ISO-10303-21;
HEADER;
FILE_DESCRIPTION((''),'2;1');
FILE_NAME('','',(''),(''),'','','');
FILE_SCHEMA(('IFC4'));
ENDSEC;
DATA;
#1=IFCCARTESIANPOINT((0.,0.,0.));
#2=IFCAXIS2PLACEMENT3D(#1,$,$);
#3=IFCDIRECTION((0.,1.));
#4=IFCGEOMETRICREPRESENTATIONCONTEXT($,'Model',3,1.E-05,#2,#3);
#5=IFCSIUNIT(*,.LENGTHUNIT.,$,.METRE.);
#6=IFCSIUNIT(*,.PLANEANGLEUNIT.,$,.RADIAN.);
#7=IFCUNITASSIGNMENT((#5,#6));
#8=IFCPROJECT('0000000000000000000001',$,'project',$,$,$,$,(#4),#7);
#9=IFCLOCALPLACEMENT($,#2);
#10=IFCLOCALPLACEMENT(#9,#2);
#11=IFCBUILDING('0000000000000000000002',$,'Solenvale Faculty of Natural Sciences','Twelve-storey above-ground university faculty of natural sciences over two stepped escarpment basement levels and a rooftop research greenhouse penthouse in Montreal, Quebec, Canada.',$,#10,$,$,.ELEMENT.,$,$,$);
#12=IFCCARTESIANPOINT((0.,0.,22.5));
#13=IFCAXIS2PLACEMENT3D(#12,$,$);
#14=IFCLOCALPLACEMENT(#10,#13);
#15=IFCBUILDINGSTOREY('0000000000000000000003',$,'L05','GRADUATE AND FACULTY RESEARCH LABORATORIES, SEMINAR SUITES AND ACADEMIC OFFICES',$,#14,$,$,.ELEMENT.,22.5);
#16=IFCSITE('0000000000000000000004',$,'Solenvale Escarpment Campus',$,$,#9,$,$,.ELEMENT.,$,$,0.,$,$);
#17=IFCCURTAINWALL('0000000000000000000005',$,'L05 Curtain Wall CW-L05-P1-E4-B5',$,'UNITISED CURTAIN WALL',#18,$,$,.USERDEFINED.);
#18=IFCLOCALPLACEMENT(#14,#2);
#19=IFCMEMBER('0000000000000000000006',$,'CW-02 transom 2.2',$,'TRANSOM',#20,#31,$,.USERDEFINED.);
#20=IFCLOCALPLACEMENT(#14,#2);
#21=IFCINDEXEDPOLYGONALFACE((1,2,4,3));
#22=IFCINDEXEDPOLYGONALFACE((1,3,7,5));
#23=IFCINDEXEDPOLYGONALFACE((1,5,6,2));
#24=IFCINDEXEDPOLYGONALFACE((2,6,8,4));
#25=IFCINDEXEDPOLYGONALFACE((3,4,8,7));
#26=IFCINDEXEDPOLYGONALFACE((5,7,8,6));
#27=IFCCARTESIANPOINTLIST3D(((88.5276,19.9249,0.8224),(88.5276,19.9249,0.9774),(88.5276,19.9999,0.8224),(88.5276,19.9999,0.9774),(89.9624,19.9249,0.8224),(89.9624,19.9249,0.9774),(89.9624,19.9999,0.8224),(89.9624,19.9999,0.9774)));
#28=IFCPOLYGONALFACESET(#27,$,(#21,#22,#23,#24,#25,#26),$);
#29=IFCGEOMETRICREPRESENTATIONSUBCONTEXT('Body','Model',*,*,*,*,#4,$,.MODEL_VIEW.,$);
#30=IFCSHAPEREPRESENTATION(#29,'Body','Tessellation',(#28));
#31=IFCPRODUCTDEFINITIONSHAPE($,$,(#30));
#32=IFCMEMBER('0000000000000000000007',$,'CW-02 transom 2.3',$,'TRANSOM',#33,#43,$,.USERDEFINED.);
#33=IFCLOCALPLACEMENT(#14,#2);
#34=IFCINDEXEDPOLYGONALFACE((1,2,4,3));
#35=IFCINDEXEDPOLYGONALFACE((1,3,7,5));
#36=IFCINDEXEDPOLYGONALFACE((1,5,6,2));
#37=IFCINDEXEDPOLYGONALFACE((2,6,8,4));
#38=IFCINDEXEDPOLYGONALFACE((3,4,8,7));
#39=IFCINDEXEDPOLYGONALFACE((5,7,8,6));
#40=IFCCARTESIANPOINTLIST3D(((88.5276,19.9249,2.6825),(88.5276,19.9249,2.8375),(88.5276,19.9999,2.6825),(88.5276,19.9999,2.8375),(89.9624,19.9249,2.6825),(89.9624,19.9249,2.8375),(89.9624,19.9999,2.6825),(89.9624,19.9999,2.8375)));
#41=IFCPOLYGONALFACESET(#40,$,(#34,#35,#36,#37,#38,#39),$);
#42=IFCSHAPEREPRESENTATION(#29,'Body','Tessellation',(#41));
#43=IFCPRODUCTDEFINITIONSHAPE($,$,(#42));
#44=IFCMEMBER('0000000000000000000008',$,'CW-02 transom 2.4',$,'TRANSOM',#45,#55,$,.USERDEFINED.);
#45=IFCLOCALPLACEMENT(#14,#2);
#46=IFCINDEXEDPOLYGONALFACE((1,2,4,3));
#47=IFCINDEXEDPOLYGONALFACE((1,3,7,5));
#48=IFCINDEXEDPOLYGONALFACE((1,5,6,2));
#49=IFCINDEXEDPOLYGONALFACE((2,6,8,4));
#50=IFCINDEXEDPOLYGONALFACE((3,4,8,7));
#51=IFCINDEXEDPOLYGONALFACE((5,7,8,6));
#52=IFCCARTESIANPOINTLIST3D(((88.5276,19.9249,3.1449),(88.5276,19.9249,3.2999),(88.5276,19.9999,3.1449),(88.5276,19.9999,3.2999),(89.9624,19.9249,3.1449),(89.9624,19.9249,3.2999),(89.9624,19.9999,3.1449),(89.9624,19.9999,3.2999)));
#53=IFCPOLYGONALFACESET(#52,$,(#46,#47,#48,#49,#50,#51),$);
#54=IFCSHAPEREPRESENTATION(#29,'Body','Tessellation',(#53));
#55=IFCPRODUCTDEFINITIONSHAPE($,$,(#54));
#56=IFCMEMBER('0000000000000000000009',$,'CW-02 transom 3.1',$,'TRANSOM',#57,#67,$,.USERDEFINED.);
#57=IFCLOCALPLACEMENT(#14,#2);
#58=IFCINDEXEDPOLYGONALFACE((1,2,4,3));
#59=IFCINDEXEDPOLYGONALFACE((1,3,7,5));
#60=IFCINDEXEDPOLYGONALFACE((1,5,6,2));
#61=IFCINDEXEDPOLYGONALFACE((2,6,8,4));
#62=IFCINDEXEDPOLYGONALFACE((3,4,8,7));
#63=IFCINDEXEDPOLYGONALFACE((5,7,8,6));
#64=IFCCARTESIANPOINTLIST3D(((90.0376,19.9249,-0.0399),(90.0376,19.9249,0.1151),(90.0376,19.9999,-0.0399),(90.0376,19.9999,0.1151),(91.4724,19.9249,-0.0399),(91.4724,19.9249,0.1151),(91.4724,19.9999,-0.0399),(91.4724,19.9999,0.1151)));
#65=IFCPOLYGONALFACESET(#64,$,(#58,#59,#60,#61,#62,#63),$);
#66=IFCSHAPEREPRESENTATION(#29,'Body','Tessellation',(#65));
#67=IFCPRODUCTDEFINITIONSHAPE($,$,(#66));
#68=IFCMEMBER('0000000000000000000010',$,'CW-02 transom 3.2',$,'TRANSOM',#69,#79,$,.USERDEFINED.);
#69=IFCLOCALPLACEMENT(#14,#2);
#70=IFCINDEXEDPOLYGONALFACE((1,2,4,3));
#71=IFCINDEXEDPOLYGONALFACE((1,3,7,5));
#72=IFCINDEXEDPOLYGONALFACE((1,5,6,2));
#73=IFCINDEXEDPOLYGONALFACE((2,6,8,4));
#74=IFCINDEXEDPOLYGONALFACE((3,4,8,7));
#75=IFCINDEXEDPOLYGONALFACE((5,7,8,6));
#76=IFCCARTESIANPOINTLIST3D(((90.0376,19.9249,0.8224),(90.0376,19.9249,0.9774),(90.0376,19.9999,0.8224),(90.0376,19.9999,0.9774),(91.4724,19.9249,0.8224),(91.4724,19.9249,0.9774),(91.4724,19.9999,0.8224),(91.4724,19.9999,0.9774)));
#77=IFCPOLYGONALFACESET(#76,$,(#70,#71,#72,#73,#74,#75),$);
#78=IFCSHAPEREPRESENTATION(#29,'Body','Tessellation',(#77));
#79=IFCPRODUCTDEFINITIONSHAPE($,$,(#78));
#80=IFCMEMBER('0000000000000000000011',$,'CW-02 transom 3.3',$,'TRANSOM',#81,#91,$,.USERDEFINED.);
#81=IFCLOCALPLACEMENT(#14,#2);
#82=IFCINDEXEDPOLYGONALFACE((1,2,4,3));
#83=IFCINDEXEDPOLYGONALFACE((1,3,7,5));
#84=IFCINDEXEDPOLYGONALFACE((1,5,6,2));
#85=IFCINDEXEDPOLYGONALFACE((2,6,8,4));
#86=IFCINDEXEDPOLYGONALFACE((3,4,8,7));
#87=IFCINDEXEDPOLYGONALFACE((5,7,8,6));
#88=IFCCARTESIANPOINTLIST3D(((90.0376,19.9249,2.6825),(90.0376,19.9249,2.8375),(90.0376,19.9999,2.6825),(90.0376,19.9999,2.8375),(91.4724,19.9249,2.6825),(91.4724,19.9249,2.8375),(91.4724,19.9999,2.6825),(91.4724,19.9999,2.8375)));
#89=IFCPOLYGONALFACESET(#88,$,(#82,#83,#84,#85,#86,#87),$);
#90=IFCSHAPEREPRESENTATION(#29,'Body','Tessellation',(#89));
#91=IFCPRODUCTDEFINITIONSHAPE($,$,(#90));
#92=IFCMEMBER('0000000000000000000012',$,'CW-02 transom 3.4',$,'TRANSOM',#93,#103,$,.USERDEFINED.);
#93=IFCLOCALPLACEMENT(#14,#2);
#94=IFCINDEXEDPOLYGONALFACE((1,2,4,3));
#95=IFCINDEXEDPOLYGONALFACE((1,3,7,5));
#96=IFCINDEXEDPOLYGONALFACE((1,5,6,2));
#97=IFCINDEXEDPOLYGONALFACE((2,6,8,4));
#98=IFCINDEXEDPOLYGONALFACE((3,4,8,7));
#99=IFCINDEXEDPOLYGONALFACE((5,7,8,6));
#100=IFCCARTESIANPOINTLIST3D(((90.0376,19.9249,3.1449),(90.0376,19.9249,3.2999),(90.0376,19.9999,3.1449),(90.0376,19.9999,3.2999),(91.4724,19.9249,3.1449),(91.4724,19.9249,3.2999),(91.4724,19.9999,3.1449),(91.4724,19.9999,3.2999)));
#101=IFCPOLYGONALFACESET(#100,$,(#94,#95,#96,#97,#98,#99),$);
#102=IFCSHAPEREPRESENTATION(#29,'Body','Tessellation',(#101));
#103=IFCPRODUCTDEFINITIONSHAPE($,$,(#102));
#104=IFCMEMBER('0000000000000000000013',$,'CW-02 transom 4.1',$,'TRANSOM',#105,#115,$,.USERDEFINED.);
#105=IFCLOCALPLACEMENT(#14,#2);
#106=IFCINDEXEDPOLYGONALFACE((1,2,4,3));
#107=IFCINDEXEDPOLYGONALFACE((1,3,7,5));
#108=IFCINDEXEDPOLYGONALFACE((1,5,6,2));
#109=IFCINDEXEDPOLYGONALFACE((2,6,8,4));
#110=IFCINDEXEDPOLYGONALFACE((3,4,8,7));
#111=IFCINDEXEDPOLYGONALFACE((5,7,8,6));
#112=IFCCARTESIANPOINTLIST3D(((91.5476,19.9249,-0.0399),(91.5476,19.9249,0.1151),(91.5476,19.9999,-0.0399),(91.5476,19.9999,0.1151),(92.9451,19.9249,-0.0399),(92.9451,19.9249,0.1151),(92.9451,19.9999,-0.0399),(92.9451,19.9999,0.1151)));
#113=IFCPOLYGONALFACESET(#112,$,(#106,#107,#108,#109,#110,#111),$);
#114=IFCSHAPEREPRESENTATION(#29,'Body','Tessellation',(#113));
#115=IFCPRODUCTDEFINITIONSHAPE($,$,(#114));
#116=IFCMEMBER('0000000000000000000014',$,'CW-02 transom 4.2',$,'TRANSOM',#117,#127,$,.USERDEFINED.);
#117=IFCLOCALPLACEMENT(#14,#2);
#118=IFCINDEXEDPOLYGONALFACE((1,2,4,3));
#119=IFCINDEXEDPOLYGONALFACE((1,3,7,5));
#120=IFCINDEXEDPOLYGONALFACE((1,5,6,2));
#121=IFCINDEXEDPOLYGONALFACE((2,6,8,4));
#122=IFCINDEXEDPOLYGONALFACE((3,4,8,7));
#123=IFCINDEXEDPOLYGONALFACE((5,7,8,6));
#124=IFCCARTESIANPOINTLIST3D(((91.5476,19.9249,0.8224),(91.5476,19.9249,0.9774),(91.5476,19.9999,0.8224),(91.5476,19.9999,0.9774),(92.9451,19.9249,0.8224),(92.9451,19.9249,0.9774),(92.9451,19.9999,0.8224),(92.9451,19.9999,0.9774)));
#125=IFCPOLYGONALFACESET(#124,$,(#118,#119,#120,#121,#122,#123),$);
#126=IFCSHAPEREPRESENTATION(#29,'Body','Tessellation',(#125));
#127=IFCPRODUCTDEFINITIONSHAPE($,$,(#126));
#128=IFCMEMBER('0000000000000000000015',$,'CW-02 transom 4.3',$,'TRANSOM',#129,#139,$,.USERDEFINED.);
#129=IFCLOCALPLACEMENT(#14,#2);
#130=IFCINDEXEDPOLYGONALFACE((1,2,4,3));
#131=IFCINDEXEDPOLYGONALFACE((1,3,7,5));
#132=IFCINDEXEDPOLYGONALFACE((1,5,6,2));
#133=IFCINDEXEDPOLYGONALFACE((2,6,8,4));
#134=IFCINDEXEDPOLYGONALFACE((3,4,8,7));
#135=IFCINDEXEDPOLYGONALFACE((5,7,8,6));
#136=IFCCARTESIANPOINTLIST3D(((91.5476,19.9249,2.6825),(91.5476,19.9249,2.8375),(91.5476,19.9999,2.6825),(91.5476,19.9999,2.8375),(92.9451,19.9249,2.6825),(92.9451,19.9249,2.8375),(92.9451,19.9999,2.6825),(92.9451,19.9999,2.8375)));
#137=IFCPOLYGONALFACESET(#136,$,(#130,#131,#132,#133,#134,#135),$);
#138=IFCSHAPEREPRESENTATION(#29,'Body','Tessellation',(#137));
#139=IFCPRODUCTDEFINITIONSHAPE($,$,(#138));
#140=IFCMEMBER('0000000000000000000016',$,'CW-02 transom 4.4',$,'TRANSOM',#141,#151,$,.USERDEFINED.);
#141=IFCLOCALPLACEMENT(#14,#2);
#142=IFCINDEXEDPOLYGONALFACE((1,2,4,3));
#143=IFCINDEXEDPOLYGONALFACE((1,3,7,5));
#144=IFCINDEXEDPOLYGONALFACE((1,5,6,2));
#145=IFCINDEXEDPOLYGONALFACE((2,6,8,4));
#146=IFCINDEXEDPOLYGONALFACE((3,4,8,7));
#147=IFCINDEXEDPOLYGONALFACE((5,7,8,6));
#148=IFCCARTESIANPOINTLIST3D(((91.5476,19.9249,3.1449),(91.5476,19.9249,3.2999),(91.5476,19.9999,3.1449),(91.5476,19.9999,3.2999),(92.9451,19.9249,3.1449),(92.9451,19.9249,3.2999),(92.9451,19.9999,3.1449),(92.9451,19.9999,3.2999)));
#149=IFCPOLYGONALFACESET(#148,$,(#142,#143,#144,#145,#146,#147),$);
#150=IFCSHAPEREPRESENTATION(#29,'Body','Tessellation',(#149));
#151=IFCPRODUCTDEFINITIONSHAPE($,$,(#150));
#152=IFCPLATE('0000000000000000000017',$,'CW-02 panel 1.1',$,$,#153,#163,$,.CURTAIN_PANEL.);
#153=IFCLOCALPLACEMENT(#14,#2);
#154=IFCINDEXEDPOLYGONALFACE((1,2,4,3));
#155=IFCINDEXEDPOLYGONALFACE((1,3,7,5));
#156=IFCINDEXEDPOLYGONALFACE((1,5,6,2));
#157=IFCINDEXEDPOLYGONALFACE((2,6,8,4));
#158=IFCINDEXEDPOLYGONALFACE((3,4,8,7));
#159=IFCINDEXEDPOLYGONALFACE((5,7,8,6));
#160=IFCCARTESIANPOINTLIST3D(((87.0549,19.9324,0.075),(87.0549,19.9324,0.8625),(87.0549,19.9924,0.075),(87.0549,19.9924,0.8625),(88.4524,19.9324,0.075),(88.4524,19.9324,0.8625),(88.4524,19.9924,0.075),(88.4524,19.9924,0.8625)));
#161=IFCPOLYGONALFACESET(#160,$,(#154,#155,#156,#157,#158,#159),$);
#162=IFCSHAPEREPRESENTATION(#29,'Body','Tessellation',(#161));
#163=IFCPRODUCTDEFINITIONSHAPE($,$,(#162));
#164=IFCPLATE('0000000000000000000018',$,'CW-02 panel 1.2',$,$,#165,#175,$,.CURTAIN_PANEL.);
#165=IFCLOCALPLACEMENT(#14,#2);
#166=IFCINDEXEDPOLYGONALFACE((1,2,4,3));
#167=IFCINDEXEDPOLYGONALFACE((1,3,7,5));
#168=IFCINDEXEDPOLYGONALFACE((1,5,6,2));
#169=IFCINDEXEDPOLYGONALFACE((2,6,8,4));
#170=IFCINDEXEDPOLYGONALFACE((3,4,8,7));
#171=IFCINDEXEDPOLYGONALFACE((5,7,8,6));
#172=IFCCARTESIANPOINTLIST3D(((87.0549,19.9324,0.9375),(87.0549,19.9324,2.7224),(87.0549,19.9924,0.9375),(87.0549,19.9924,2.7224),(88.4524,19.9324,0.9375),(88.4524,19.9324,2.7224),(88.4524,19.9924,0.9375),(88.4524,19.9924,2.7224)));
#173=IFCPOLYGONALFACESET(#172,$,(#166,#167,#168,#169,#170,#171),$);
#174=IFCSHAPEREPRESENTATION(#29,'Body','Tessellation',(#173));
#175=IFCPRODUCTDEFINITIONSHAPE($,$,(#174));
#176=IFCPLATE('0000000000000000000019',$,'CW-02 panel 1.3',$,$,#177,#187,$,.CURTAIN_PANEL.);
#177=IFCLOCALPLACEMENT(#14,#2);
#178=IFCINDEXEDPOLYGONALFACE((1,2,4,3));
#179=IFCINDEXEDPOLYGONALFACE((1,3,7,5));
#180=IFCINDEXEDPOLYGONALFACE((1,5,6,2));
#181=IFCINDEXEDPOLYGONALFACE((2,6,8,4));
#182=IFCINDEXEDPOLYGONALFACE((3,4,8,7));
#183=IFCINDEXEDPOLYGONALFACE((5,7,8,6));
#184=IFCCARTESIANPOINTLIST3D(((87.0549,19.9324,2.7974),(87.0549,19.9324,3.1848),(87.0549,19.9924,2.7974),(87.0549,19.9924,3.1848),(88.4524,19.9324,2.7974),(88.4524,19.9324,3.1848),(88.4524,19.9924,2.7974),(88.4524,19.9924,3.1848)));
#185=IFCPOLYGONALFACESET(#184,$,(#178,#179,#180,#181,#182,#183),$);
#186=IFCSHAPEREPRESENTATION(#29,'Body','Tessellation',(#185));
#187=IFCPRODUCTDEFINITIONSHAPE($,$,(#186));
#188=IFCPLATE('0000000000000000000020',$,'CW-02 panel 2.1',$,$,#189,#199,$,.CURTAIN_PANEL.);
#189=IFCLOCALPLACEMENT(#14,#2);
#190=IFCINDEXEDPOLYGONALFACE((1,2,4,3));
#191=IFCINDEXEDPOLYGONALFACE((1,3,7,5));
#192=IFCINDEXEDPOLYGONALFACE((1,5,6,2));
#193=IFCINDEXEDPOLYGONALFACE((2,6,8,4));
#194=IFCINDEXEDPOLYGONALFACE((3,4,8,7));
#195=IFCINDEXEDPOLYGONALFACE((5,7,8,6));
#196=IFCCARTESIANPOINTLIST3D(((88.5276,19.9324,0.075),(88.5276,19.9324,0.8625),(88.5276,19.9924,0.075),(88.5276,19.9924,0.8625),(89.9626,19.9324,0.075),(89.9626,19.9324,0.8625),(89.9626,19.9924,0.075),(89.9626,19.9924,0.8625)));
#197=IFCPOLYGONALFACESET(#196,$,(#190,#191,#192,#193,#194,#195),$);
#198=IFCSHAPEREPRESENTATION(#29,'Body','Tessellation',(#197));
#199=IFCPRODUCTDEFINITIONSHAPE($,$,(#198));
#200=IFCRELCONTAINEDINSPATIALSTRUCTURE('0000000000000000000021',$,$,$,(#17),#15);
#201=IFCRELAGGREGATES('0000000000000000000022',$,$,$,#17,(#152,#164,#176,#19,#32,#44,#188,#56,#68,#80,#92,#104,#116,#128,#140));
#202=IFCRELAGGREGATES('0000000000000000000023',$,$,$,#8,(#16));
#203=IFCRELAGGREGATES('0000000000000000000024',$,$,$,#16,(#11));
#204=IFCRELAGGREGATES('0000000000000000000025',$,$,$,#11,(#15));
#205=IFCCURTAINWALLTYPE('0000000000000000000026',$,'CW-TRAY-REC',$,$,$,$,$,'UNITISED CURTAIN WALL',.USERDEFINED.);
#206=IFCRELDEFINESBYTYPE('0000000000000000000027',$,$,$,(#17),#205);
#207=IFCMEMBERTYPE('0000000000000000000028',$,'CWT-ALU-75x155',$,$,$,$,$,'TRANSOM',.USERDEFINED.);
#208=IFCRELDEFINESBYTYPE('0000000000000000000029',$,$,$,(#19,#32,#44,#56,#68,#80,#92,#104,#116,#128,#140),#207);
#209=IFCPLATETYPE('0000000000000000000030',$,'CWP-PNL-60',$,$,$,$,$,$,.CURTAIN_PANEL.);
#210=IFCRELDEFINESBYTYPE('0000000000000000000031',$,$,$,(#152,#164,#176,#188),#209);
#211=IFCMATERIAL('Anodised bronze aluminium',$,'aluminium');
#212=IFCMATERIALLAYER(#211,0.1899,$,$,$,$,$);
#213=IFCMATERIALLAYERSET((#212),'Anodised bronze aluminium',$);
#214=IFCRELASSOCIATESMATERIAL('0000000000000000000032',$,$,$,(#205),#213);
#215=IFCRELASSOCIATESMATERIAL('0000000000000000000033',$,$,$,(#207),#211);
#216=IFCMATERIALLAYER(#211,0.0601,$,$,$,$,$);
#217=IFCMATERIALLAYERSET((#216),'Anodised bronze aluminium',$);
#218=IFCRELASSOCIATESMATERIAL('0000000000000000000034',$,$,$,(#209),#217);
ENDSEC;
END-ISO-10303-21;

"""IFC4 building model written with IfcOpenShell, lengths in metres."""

from ifc_helpers import new_model, si_unit, direction, frame, origin, origin_2d, place, context, subcontext, project, spatial, rectangle, extrude, material, layer, layer_set, material_profile, profile_set, type_object, element, aggregate, save


model = new_model("IFC4")

# Units and contexts
model_context = context("Model", 3, precision=1e-05, world=origin(), true_north=direction((0.0, 1.0)))
body_context = subcontext(model_context, "Body", "Model", "MODEL_VIEW")
ifc_project = project(units=[si_unit("LENGTHUNIT", "METRE"), si_unit("PLANEANGLEUNIT", "RADIAN")], contexts=[model_context])

# Site, building, storey
site_placement = place(None, origin())
site = spatial("IfcSite", under=ifc_project, at=site_placement, Name="Solenvale Escarpment Campus", CompositionType="ELEMENT", RefElevation=0.0)
building_placement = place(site_placement, origin())
building = spatial("IfcBuilding", under=site, at=building_placement, Name="Solenvale Faculty of Natural Sciences", Description="Twelve-storey above-ground university faculty of natural sciences over two stepped escarpment basement levels and a rooftop research greenhouse penthouse in Montreal, Quebec, Canada.", CompositionType="ELEMENT")
storey_placement = place(building_placement, frame((0.0, 0.0, 22.5)))
storey = spatial("IfcBuildingStorey", under=building, at=storey_placement, Name="L05", Description="GRADUATE AND FACULTY RESEARCH LABORATORIES, SEMINAR SUITES AND ACADEMIC OFFICES", CompositionType="ELEMENT", Elevation=22.5)

# Curtain wall, members, plates
ifc_material_1 = material(Name="Anodised bronze aluminium", Category="aluminium")
ifc_layer_1 = layer(ifc_material_1, 0.1899)
ifc_layer_set_1 = layer_set([ifc_layer_1], Name="Anodised bronze aluminium")
curtain_wall_type = type_object("IfcCurtainWallType", Name="CW-TRAY-REC", ElementType="UNITISED CURTAIN WALL", PredefinedType="USERDEFINED", material=ifc_layer_set_1)
curtain_wall_placement = place(storey_placement, origin())
curtain_wall = element("IfcCurtainWall", 1, at=curtain_wall_placement, inside=storey, type_object=curtain_wall_type, Name="L05 Curtain Wall CW-L05-P1-E4-B5", ObjectType="UNITISED CURTAIN WALL", PredefinedType="USERDEFINED")
ifc_material_profile_1 = material_profile(ifc_material_1, rectangle(XDim=0.075, YDim=0.155, at=origin_2d()), Name="ALU-TRN-75x155")
ifc_profile_set_1 = profile_set([ifc_material_profile_1], Name="Anodised bronze aluminium")
member_type_1 = type_object("IfcMemberType", Name="CWT-ALU-75x155", ElementType="TRANSOM", PredefinedType="USERDEFINED", material=ifc_profile_set_1)
member_1_placement = place(storey_placement, frame((88.5276, 19.9624, 0.8999), z_axis=(1.0, 0.0, 0.0), x_axis=(0.0, 1.0, 0.0)))
member_1 = element("IfcMember", 2, at=member_1_placement, type_object=member_type_1, Name="CW-02 transom 2.2", ObjectType="TRANSOM", PredefinedType="USERDEFINED", context=body_context, shape_type="SweptSolid", body=[
    extrude(rectangle(XDim=0.075, YDim=0.155, at=origin_2d()), origin(), (0.0, 0.0, 1.0), 1.4348),
])
member_2_placement = place(storey_placement, frame((88.5276, 19.9624, 2.76), z_axis=(1.0, 0.0, 0.0), x_axis=(0.0, 1.0, 0.0)))
member_2 = element("IfcMember", 3, at=member_2_placement, type_object=member_type_1, Name="CW-02 transom 2.3", ObjectType="TRANSOM", PredefinedType="USERDEFINED", context=body_context, shape_type="SweptSolid", body=[
    extrude(rectangle(XDim=0.075, YDim=0.155, at=origin_2d()), origin(), (0.0, 0.0, 1.0), 1.4348),
])
member_3_placement = place(storey_placement, frame((88.5276, 19.9624, 3.2224), z_axis=(1.0, 0.0, 0.0), x_axis=(0.0, 1.0, 0.0)))
member_3 = element("IfcMember", 4, at=member_3_placement, type_object=member_type_1, Name="CW-02 transom 2.4", ObjectType="TRANSOM", PredefinedType="USERDEFINED", context=body_context, shape_type="SweptSolid", body=[
    extrude(rectangle(XDim=0.075, YDim=0.155, at=origin_2d()), origin(), (0.0, 0.0, 1.0), 1.4348),
])
member_4_placement = place(storey_placement, frame((90.0376, 19.9624, 0.0376), z_axis=(1.0, 0.0, 0.0), x_axis=(0.0, 1.0, 0.0)))
member_4 = element("IfcMember", 5, at=member_4_placement, type_object=member_type_1, Name="CW-02 transom 3.1", ObjectType="TRANSOM", PredefinedType="USERDEFINED", context=body_context, shape_type="SweptSolid", body=[
    extrude(rectangle(XDim=0.075, YDim=0.155, at=origin_2d()), origin(), (0.0, 0.0, 1.0), 1.4348),
])
member_5_placement = place(storey_placement, frame((90.0376, 19.9624, 0.8999), z_axis=(1.0, 0.0, 0.0), x_axis=(0.0, 1.0, 0.0)))
member_5 = element("IfcMember", 6, at=member_5_placement, type_object=member_type_1, Name="CW-02 transom 3.2", ObjectType="TRANSOM", PredefinedType="USERDEFINED", context=body_context, shape_type="SweptSolid", body=[
    extrude(rectangle(XDim=0.075, YDim=0.155, at=origin_2d()), origin(), (0.0, 0.0, 1.0), 1.4348),
])
member_6_placement = place(storey_placement, frame((90.0376, 19.9624, 2.76), z_axis=(1.0, 0.0, 0.0), x_axis=(0.0, 1.0, 0.0)))
member_6 = element("IfcMember", 7, at=member_6_placement, type_object=member_type_1, Name="CW-02 transom 3.3", ObjectType="TRANSOM", PredefinedType="USERDEFINED", context=body_context, shape_type="SweptSolid", body=[
    extrude(rectangle(XDim=0.075, YDim=0.155, at=origin_2d()), origin(), (0.0, 0.0, 1.0), 1.4348),
])
member_7_placement = place(storey_placement, frame((90.0376, 19.9624, 3.2224), z_axis=(1.0, 0.0, 0.0), x_axis=(0.0, 1.0, 0.0)))
member_7 = element("IfcMember", 8, at=member_7_placement, type_object=member_type_1, Name="CW-02 transom 3.4", ObjectType="TRANSOM", PredefinedType="USERDEFINED", context=body_context, shape_type="SweptSolid", body=[
    extrude(rectangle(XDim=0.075, YDim=0.155, at=origin_2d()), origin(), (0.0, 0.0, 1.0), 1.4348),
])
member_8_placement = place(storey_placement, frame((91.5476, 19.9624, 0.0376), z_axis=(1.0, 0.0, 0.0), x_axis=(0.0, 1.0, 0.0)))
member_8 = element("IfcMember", 9, at=member_8_placement, type_object=member_type_1, Name="CW-02 transom 4.1", ObjectType="TRANSOM", PredefinedType="USERDEFINED", context=body_context, shape_type="SweptSolid", body=[
    extrude(rectangle(XDim=0.075, YDim=0.155, at=origin_2d()), origin(), (0.0, 0.0, 1.0), 1.3975),
])
member_9_placement = place(storey_placement, frame((91.5476, 19.9624, 0.8999), z_axis=(1.0, 0.0, 0.0), x_axis=(0.0, 1.0, 0.0)))
member_9 = element("IfcMember", 10, at=member_9_placement, type_object=member_type_1, Name="CW-02 transom 4.2", ObjectType="TRANSOM", PredefinedType="USERDEFINED", context=body_context, shape_type="SweptSolid", body=[
    extrude(rectangle(XDim=0.075, YDim=0.155, at=origin_2d()), origin(), (0.0, 0.0, 1.0), 1.3975),
])
member_10_placement = place(storey_placement, frame((91.5476, 19.9624, 2.76), z_axis=(1.0, 0.0, 0.0), x_axis=(0.0, 1.0, 0.0)))
member_10 = element("IfcMember", 11, at=member_10_placement, type_object=member_type_1, Name="CW-02 transom 4.3", ObjectType="TRANSOM", PredefinedType="USERDEFINED", context=body_context, shape_type="SweptSolid", body=[
    extrude(rectangle(XDim=0.075, YDim=0.155, at=origin_2d()), origin(), (0.0, 0.0, 1.0), 1.3975),
])
member_11_placement = place(storey_placement, frame((91.5476, 19.9624, 3.2224), z_axis=(1.0, 0.0, 0.0), x_axis=(0.0, 1.0, 0.0)))
member_11 = element("IfcMember", 12, at=member_11_placement, type_object=member_type_1, Name="CW-02 transom 4.4", ObjectType="TRANSOM", PredefinedType="USERDEFINED", context=body_context, shape_type="SweptSolid", body=[
    extrude(rectangle(XDim=0.075, YDim=0.155, at=origin_2d()), origin(), (0.0, 0.0, 1.0), 1.3975),
])
ifc_layer_2 = layer(ifc_material_1, 0.0601)
ifc_layer_set_2 = layer_set([ifc_layer_2], Name="Anodised bronze aluminium")
plate_type = type_object("IfcPlateType", Name="CWP-PNL-60", PredefinedType="CURTAIN_PANEL", material=ifc_layer_set_2)
plate_1_placement = place(storey_placement, frame((87.7537, 19.9624, 0.075), z_axis=(0.0, 0.0, 1.0), x_axis=(1.0, 0.0, 0.0)))
plate_1 = element("IfcPlate", 13, at=plate_1_placement, type_object=plate_type, Name="CW-02 panel 1.1", PredefinedType="CURTAIN_PANEL", context=body_context, shape_type="SweptSolid", body=[
    extrude(rectangle(XDim=1.3975, YDim=0.0601, at=origin_2d()), origin(), (0.0, 0.0, 1.0), 0.7876),
])
plate_2_placement = place(storey_placement, frame((87.7537, 19.9624, 0.9375), z_axis=(0.0, 0.0, 1.0), x_axis=(1.0, 0.0, 0.0)))
plate_2 = element("IfcPlate", 14, at=plate_2_placement, type_object=plate_type, Name="CW-02 panel 1.2", PredefinedType="CURTAIN_PANEL", context=body_context, shape_type="SweptSolid", body=[
    extrude(rectangle(XDim=1.3975, YDim=0.0601, at=origin_2d()), origin(), (0.0, 0.0, 1.0), 1.7849),
])
plate_3_placement = place(storey_placement, frame((87.7537, 19.9624, 2.7974), z_axis=(0.0, 0.0, 1.0), x_axis=(1.0, 0.0, 0.0)))
plate_3 = element("IfcPlate", 15, at=plate_3_placement, type_object=plate_type, Name="CW-02 panel 1.3", PredefinedType="CURTAIN_PANEL", context=body_context, shape_type="SweptSolid", body=[
    extrude(rectangle(XDim=1.3975, YDim=0.0601, at=origin_2d()), origin(), (0.0, 0.0, 1.0), 0.3875),
])
plate_4_placement = place(storey_placement, frame((89.2451, 19.9624, 0.075), z_axis=(0.0, 0.0, 1.0), x_axis=(1.0, 0.0, 0.0)))
plate_4 = element("IfcPlate", 16, at=plate_4_placement, type_object=plate_type, Name="CW-02 panel 2.1", PredefinedType="CURTAIN_PANEL", context=body_context, shape_type="SweptSolid", body=[
    extrude(rectangle(XDim=1.4351, YDim=0.0601, at=origin_2d()), origin(), (0.0, 0.0, 1.0), 0.7876),
])
aggregate(curtain_wall, [plate_1, plate_2, plate_3, member_1, member_2, member_3, plate_4, member_4, member_5, member_6, member_7, member_8, member_9, member_10, member_11])

save(model, "model.ifc")
